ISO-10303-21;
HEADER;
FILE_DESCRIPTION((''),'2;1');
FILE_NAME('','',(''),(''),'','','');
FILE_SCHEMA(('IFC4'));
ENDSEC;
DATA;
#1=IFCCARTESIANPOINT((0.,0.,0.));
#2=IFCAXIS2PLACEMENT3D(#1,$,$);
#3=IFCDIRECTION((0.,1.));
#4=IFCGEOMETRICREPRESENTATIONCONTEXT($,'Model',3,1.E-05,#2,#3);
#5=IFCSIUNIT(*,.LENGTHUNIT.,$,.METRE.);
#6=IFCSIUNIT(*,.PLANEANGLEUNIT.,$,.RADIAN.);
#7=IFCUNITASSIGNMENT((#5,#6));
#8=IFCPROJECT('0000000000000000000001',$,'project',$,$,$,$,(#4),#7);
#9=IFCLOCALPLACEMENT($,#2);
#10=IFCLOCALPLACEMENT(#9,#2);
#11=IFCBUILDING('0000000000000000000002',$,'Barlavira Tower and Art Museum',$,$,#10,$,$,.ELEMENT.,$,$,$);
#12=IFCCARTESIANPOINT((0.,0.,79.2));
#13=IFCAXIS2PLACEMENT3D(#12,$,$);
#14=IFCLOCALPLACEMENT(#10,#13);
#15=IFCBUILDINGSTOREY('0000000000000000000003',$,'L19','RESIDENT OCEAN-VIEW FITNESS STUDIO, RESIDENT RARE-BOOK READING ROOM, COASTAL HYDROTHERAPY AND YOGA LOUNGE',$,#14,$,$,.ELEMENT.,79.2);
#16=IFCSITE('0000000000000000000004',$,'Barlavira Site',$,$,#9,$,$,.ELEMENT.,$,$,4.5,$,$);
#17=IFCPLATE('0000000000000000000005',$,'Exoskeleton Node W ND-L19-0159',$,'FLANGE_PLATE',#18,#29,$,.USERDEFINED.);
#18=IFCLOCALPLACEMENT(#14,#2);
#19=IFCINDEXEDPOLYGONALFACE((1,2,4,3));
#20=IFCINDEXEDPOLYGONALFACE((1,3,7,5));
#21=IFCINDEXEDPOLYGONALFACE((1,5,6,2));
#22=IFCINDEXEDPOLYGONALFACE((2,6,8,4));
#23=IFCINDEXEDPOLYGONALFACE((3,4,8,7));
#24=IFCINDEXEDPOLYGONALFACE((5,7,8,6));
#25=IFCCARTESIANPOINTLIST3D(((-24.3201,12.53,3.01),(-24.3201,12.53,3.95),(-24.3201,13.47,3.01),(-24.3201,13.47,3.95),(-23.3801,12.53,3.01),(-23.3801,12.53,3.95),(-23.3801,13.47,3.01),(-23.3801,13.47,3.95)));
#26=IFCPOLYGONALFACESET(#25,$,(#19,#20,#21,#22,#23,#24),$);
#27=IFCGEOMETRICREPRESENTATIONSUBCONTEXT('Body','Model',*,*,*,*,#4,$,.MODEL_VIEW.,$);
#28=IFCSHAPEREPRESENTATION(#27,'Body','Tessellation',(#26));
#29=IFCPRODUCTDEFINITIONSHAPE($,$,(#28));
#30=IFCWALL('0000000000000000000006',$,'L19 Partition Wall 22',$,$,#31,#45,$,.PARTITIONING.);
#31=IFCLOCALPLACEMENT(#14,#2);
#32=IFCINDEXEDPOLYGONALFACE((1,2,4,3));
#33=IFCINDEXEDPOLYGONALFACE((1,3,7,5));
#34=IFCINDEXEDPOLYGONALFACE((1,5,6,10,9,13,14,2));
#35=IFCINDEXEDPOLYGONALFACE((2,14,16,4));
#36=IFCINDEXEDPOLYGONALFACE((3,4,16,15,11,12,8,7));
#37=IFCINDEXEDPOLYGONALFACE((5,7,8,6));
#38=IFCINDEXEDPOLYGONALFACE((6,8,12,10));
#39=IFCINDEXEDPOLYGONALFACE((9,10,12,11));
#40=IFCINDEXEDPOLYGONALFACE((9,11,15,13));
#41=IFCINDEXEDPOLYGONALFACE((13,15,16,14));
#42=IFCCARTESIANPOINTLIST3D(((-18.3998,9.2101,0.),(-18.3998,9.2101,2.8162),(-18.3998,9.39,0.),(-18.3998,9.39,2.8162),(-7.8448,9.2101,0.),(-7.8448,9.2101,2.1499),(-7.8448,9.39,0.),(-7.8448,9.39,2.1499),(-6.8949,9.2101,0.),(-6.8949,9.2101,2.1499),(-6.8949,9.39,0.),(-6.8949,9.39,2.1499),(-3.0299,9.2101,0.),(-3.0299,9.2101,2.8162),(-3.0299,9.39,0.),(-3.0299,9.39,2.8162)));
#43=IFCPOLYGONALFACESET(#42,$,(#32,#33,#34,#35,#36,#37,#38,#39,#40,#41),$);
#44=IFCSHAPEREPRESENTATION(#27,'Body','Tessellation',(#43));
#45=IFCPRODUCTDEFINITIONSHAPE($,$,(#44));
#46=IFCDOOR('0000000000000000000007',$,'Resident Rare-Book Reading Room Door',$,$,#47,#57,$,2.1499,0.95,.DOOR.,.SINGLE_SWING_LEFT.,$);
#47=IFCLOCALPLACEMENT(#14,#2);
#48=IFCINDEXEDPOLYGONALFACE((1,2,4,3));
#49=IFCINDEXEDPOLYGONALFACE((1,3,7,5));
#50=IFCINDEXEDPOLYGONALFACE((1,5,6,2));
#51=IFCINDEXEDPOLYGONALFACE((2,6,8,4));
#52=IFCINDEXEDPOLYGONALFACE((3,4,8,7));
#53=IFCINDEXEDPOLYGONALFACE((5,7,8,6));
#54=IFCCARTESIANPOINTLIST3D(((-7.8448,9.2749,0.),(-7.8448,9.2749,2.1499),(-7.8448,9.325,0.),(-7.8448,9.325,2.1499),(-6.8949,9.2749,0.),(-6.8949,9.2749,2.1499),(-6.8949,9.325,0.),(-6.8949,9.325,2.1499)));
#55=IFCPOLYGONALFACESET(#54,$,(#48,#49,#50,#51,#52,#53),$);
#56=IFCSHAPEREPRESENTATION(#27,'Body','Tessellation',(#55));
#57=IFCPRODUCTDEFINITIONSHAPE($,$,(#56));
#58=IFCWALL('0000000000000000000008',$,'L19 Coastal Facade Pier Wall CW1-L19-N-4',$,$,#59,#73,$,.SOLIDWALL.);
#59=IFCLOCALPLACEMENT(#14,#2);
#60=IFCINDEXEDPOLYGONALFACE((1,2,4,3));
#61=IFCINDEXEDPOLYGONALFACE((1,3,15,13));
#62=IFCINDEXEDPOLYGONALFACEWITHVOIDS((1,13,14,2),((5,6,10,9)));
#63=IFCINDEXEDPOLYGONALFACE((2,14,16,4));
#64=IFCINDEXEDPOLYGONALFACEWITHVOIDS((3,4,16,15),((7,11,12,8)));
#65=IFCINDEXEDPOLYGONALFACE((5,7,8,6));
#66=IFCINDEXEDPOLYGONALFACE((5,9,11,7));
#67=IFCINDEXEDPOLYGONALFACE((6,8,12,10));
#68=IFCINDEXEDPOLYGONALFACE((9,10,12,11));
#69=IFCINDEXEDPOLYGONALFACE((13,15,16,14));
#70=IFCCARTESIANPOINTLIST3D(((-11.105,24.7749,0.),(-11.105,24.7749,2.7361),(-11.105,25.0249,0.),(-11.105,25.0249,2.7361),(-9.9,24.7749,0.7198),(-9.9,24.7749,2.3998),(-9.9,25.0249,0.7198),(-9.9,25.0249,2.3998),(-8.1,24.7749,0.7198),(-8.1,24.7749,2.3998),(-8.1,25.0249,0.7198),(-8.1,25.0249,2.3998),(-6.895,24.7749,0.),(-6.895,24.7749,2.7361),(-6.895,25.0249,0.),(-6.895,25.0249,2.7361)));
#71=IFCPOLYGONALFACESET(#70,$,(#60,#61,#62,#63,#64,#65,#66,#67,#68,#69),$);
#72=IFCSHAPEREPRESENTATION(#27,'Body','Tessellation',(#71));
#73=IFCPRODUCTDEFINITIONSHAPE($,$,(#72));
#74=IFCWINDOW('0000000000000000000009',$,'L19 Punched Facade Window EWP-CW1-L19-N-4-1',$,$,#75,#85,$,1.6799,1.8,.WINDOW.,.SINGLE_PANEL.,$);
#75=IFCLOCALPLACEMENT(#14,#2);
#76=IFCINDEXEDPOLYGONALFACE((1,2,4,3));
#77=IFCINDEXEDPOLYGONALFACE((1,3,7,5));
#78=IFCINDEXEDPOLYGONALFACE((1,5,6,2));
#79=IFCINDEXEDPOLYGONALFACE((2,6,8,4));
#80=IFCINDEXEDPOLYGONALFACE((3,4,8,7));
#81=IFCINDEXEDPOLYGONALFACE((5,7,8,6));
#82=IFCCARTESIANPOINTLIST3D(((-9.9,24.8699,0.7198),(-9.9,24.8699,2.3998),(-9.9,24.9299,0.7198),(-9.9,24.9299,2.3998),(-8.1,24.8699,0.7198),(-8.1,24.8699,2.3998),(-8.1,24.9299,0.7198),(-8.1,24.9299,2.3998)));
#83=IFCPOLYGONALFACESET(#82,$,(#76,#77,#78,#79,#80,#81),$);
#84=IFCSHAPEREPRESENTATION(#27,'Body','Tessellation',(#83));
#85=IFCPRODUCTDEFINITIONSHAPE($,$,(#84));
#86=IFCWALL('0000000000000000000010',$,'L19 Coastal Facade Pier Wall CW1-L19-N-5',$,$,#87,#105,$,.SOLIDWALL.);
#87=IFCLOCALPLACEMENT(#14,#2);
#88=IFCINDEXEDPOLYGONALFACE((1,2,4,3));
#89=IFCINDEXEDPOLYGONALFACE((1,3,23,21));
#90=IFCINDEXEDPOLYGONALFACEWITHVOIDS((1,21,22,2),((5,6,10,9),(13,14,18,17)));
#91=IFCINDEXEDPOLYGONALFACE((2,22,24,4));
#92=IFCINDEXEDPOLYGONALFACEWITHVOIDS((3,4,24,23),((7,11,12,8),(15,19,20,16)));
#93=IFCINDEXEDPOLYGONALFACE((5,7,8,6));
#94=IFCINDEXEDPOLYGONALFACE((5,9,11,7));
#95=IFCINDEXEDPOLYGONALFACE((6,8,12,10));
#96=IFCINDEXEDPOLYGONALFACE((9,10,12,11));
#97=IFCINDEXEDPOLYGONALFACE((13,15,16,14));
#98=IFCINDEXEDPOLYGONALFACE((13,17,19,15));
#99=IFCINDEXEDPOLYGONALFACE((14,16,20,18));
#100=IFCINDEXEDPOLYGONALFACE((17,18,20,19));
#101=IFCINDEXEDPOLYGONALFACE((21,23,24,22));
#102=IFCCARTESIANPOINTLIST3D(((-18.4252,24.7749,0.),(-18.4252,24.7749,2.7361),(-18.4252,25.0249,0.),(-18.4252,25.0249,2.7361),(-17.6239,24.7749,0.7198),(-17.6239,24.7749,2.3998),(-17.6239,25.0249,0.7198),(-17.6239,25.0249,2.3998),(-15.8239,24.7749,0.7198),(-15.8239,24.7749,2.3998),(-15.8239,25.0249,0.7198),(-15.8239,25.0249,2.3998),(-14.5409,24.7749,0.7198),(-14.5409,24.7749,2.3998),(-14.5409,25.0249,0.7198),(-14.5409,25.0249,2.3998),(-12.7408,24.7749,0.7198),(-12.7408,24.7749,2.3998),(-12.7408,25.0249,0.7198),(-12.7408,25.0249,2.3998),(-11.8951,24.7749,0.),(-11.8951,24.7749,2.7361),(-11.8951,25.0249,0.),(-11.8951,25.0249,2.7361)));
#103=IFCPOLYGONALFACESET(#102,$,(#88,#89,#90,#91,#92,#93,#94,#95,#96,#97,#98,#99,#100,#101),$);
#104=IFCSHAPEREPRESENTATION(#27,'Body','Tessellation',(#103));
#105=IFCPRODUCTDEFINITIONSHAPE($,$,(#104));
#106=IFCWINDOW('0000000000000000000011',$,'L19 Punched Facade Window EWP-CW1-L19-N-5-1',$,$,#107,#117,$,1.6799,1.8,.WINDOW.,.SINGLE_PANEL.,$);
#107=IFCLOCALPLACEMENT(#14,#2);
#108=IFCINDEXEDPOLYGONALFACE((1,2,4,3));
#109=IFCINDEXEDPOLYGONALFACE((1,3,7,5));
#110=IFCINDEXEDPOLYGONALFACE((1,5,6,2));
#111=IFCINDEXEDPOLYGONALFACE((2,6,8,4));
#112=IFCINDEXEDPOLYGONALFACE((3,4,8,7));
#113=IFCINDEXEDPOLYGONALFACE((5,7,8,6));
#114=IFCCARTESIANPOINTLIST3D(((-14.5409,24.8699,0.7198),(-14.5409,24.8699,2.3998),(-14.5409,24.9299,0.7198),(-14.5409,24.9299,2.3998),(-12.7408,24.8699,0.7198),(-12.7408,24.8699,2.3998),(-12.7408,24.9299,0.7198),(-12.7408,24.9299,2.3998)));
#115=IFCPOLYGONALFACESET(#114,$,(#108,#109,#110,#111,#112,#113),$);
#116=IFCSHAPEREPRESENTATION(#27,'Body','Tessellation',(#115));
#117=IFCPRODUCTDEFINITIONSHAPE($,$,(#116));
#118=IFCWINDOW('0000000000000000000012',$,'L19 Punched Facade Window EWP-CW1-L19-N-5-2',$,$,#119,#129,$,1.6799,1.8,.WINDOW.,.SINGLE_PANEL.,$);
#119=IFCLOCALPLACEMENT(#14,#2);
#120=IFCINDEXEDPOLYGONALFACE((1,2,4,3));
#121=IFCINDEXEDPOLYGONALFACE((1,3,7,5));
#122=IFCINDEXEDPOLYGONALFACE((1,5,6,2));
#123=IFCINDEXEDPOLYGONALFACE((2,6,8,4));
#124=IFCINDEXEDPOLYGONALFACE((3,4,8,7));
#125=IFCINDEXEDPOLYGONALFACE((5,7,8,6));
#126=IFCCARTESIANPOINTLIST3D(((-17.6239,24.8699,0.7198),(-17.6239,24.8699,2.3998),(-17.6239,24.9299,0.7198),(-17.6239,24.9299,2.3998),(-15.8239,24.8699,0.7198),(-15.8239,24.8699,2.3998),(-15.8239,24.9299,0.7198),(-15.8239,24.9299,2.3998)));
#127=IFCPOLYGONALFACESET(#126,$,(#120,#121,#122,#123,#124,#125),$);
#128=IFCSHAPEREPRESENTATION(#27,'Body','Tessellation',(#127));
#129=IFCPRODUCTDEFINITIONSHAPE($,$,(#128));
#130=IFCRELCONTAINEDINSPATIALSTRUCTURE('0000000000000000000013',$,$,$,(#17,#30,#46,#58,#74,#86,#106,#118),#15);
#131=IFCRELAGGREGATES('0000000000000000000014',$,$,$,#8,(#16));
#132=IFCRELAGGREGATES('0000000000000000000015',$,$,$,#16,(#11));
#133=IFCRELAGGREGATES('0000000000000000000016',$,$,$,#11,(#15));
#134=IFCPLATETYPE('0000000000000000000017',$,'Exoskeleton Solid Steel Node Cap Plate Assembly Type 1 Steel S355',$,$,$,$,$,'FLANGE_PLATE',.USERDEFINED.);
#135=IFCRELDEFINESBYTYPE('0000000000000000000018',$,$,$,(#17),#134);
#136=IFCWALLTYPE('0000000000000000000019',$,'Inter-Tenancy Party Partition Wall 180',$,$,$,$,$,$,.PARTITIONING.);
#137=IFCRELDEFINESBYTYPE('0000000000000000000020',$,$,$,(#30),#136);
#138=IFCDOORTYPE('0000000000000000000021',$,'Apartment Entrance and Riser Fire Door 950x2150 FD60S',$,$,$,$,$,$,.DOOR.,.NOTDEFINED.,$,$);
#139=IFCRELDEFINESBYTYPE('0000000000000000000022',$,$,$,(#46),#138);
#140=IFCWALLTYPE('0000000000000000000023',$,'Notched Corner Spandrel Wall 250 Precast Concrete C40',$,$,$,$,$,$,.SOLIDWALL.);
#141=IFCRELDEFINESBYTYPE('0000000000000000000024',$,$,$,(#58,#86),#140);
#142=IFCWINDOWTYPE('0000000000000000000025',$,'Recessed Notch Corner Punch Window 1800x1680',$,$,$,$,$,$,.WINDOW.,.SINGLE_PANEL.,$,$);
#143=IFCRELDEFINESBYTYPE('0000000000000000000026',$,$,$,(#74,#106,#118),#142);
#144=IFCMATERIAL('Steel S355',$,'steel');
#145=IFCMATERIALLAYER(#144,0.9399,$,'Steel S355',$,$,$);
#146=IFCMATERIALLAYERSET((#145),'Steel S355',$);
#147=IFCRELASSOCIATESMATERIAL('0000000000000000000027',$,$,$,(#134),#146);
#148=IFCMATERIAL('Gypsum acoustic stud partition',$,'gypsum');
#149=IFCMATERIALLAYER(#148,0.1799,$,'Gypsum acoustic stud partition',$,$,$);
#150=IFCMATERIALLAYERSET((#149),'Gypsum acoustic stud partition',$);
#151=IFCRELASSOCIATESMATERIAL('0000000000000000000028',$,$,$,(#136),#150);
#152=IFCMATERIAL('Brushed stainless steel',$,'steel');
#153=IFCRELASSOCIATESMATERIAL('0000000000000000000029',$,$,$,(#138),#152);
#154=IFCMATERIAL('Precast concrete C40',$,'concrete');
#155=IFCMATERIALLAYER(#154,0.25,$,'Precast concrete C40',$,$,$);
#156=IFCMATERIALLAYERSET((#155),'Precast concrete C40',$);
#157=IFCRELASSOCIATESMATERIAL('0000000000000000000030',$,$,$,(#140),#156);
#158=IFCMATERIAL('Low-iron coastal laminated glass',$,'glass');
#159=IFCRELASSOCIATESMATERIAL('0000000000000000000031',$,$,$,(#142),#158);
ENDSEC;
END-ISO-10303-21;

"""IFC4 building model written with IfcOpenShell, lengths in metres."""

from ifc_helpers import new_model, si_unit, direction, frame, frame_2d, origin, origin_2d, place, context, subcontext, project, spatial, rectangle, extrude, material, layer, layer_set, type_object, element, fill, save


model = new_model("IFC4")

# Units and contexts
model_context = context("Model", 3, precision=1e-05, world=origin(), true_north=direction((0.0, 1.0)))
body_context = subcontext(model_context, "Body", "Model", "MODEL_VIEW")
ifc_project = project(units=[si_unit("LENGTHUNIT", "METRE"), si_unit("PLANEANGLEUNIT", "RADIAN")], contexts=[model_context])

# Site, building, storey
site_placement = place(None, origin())
site = spatial("IfcSite", under=ifc_project, at=site_placement, Name="Barlavira Site", CompositionType="ELEMENT", RefElevation=4.5)
building_placement = place(site_placement, origin())
building = spatial("IfcBuilding", under=site, at=building_placement, Name="Barlavira Tower and Art Museum", CompositionType="ELEMENT")
storey_placement = place(building_placement, frame((0.0, 0.0, 79.2)))
storey = spatial("IfcBuildingStorey", under=building, at=storey_placement, Name="L19", Description="RESIDENT OCEAN-VIEW FITNESS STUDIO, RESIDENT RARE-BOOK READING ROOM, COASTAL HYDROTHERAPY AND YOGA LOUNGE", CompositionType="ELEMENT", Elevation=79.2)

# Shared definitions
ifc_material_1 = material(Name="Steel S355", Category="steel")

# Plate
ifc_layer_1 = layer(ifc_material_1, 0.9399, Name="Steel S355")
ifc_layer_set_1 = layer_set([ifc_layer_1], Name="Steel S355")
plate_type = type_object("IfcPlateType", Name="Exoskeleton Solid Steel Node Cap Plate Assembly Type 1 Steel S355", ElementType="FLANGE_PLATE", PredefinedType="USERDEFINED", material=ifc_layer_set_1)
for number, where, z_axis, x_axis, name in (
    (1, (-23.8501, 13.0, 3.01), (0.0, 0.0, 1.0), (1.0, 0.0, 0.0), "Exoskeleton Node W ND-L19-0159"),
):
    element("IfcPlate", number, at=place(storey_placement, frame(where, z_axis=z_axis, x_axis=x_axis)), inside=storey, type_object=plate_type, Name=name, ObjectType="FLANGE_PLATE", PredefinedType="USERDEFINED", context=body_context, shape_type="SweptSolid", body=[
        extrude(rectangle(XDim=0.9399, YDim=0.9399, at=origin_2d()), origin(), (0.0, 0.0, 1.0), 0.9399),
    ])

# Wall, opening, door
ifc_material_2 = material(Name="Gypsum acoustic stud partition", Category="gypsum")
ifc_layer_2 = layer(ifc_material_2, 0.1799, Name="Gypsum acoustic stud partition")
ifc_layer_set_2 = layer_set([ifc_layer_2], Name="Gypsum acoustic stud partition")
wall_type_1 = type_object("IfcWallType", Name="Inter-Tenancy Party Partition Wall 180", PredefinedType="PARTITIONING", material=ifc_layer_set_2)
wall_1_placement = place(storey_placement, frame((-18.3999, 9.3, 0.0), z_axis=(0.0, 0.0, 1.0), x_axis=(1.0, 0.0, 0.0)))
wall_1 = element("IfcWall", 2, at=wall_1_placement, inside=storey, type_object=wall_type_1, Name="L19 Partition Wall 22", PredefinedType="PARTITIONING", context=body_context, shape_type="SweptSolid", body=[
    extrude(rectangle(XDim=15.3699, YDim=0.1799, at=frame_2d((7.6851, 0.0))), origin(), (0.0, 0.0, 1.0), 2.8162),
])
opening_1_placement = place(wall_1_placement, frame((10.5549, 0.0, 0.0)))
opening_1 = element("IfcOpeningElement", 3, at=opening_1_placement, cuts=wall_1, PredefinedType="OPENING", context=body_context, shape_type="SweptSolid", body=[
    extrude(rectangle(XDim=0.95, YDim=2.1499, at=frame_2d((0.4751, 1.075))), frame((0.0, 0.1001, 0.0), z_axis=(0.0, -1.0, 0.0), x_axis=(1.0, 0.0, 0.0)), (0.0, 0.0, 1.0), 0.2),
])
ifc_material_3 = material(Name="Brushed stainless steel", Category="steel")
door_type = type_object("IfcDoorType", Name="Apartment Entrance and Riser Fire Door 950x2150 FD60S", OperationType="NOTDEFINED", PredefinedType="DOOR", material=ifc_material_3)
door_placement = place(opening_1_placement, origin())
door = element("IfcDoor", 4, at=door_placement, inside=storey, type_object=door_type, Name="Resident Rare-Book Reading Room Door", OperationType="SINGLE_SWING_LEFT", OverallHeight=2.1499, OverallWidth=0.95, PredefinedType="DOOR", context=body_context, shape_type="SweptSolid", body=[
    extrude(rectangle(XDim=0.95, YDim=2.1499, at=frame_2d((0.4751, 1.075))), frame((0.0, 0.0249, 0.0), z_axis=(0.0, -1.0, 0.0), x_axis=(1.0, 0.0, 0.0)), (0.0, 0.0, 1.0), 0.05),
])
fill(opening_1, door)

# Wall, opening, window
ifc_material_4 = material(Name="Precast concrete C40", Category="concrete")
ifc_layer_3 = layer(ifc_material_4, 0.25, Name="Precast concrete C40")
ifc_layer_set_3 = layer_set([ifc_layer_3], Name="Precast concrete C40")
wall_type_2 = type_object("IfcWallType", Name="Notched Corner Spandrel Wall 250 Precast Concrete C40", PredefinedType="SOLIDWALL", material=ifc_layer_set_3)
wall_2_placement = place(storey_placement, frame((-6.895, 24.8999, 0.0), z_axis=(0.0, 0.0, 1.0), x_axis=(-1.0, 0.0, 0.0)))
wall_2 = element("IfcWall", 5, at=wall_2_placement, inside=storey, type_object=wall_type_2, Name="L19 Coastal Facade Pier Wall CW1-L19-N-4", PredefinedType="SOLIDWALL", context=body_context, shape_type="SweptSolid", body=[
    extrude(rectangle(XDim=4.21, YDim=0.25, at=frame_2d((2.105, 0.0))), origin(), (0.0, 0.0, 1.0), 2.7361),
])
opening_2_placement = place(wall_2_placement, frame((1.2051, 0.0, 0.72)))
opening_2 = element("IfcOpeningElement", 6, at=opening_2_placement, cuts=wall_2, PredefinedType="OPENING", context=body_context, shape_type="SweptSolid", body=[
    extrude(rectangle(XDim=1.8, YDim=1.6799, at=frame_2d((0.8999, 0.8398))), frame((0.0, 0.135, 0.0), z_axis=(0.0, -1.0, 0.0), x_axis=(1.0, 0.0, 0.0)), (0.0, 0.0, 1.0), 0.27),
])
ifc_material_5 = material(Name="Low-iron coastal laminated glass", Category="glass")
window_type = type_object("IfcWindowType", Name="Recessed Notch Corner Punch Window 1800x1680", PartitioningType="SINGLE_PANEL", PredefinedType="WINDOW", material=ifc_material_5)
window_1_placement = place(opening_2_placement, origin())
window_1 = element("IfcWindow", 7, at=window_1_placement, inside=storey, type_object=window_type, Name="L19 Punched Facade Window EWP-CW1-L19-N-4-1", OverallHeight=1.6799, OverallWidth=1.8, PartitioningType="SINGLE_PANEL", PredefinedType="WINDOW", context=body_context, shape_type="SweptSolid", body=[
    extrude(rectangle(XDim=1.8, YDim=1.6799, at=frame_2d((0.8999, 0.8398))), frame((0.0, 0.03, 0.0), z_axis=(0.0, -1.0, 0.0), x_axis=(1.0, 0.0, 0.0)), (0.0, 0.0, 1.0), 0.0601),
])
fill(opening_2, window_1)

# Wall, openings, windows
wall_3_placement = place(storey_placement, frame((-11.895, 24.8999, 0.0), z_axis=(0.0, 0.0, 1.0), x_axis=(-1.0, 0.0, 0.0)))
wall_3 = element("IfcWall", 8, at=wall_3_placement, inside=storey, type_object=wall_type_2, Name="L19 Coastal Facade Pier Wall CW1-L19-N-5", PredefinedType="SOLIDWALL", context=body_context, shape_type="SweptSolid", body=[
    extrude(rectangle(XDim=6.53, YDim=0.25, at=frame_2d((3.2651, 0.0))), origin(), (0.0, 0.0, 1.0), 2.7361),
])
opening_3_placement = place(wall_3_placement, frame((0.8459, 0.0, 0.72)))
opening_3 = element("IfcOpeningElement", 9, at=opening_3_placement, cuts=wall_3, PredefinedType="OPENING", context=body_context, shape_type="SweptSolid", body=[
    extrude(rectangle(XDim=1.8, YDim=1.6799, at=frame_2d((0.8999, 0.8398))), frame((0.0, 0.135, 0.0), z_axis=(0.0, -1.0, 0.0), x_axis=(1.0, 0.0, 0.0)), (0.0, 0.0, 1.0), 0.27),
])
opening_4_placement = place(wall_3_placement, frame((3.929, 0.0, 0.72)))
opening_4 = element("IfcOpeningElement", 10, at=opening_4_placement, cuts=wall_3, PredefinedType="OPENING", context=body_context, shape_type="SweptSolid", body=[
    extrude(rectangle(XDim=1.8, YDim=1.6799, at=frame_2d((0.8999, 0.8398))), frame((0.0, 0.135, 0.0), z_axis=(0.0, -1.0, 0.0), x_axis=(1.0, 0.0, 0.0)), (0.0, 0.0, 1.0), 0.27),
])
window_2_placement = place(opening_3_placement, origin())
window_2 = element("IfcWindow", 11, at=window_2_placement, inside=storey, type_object=window_type, Name="L19 Punched Facade Window EWP-CW1-L19-N-5-1", OverallHeight=1.6799, OverallWidth=1.8, PartitioningType="SINGLE_PANEL", PredefinedType="WINDOW", context=body_context, shape_type="SweptSolid", body=[
    extrude(rectangle(XDim=1.8, YDim=1.6799, at=frame_2d((0.8999, 0.8398))), frame((0.0, 0.03, 0.0), z_axis=(0.0, -1.0, 0.0), x_axis=(1.0, 0.0, 0.0)), (0.0, 0.0, 1.0), 0.0601),
])
fill(opening_3, window_2)
window_3_placement = place(opening_4_placement, origin())
window_3 = element("IfcWindow", 12, at=window_3_placement, inside=storey, type_object=window_type, Name="L19 Punched Facade Window EWP-CW1-L19-N-5-2", OverallHeight=1.6799, OverallWidth=1.8, PartitioningType="SINGLE_PANEL", PredefinedType="WINDOW", context=body_context, shape_type="SweptSolid", body=[
    extrude(rectangle(XDim=1.8, YDim=1.6799, at=frame_2d((0.8999, 0.8398))), frame((0.0, 0.03, 0.0), z_axis=(0.0, -1.0, 0.0), x_axis=(1.0, 0.0, 0.0)), (0.0, 0.0, 1.0), 0.0601),
])
fill(opening_4, window_3)

save(model, "model.ifc")
